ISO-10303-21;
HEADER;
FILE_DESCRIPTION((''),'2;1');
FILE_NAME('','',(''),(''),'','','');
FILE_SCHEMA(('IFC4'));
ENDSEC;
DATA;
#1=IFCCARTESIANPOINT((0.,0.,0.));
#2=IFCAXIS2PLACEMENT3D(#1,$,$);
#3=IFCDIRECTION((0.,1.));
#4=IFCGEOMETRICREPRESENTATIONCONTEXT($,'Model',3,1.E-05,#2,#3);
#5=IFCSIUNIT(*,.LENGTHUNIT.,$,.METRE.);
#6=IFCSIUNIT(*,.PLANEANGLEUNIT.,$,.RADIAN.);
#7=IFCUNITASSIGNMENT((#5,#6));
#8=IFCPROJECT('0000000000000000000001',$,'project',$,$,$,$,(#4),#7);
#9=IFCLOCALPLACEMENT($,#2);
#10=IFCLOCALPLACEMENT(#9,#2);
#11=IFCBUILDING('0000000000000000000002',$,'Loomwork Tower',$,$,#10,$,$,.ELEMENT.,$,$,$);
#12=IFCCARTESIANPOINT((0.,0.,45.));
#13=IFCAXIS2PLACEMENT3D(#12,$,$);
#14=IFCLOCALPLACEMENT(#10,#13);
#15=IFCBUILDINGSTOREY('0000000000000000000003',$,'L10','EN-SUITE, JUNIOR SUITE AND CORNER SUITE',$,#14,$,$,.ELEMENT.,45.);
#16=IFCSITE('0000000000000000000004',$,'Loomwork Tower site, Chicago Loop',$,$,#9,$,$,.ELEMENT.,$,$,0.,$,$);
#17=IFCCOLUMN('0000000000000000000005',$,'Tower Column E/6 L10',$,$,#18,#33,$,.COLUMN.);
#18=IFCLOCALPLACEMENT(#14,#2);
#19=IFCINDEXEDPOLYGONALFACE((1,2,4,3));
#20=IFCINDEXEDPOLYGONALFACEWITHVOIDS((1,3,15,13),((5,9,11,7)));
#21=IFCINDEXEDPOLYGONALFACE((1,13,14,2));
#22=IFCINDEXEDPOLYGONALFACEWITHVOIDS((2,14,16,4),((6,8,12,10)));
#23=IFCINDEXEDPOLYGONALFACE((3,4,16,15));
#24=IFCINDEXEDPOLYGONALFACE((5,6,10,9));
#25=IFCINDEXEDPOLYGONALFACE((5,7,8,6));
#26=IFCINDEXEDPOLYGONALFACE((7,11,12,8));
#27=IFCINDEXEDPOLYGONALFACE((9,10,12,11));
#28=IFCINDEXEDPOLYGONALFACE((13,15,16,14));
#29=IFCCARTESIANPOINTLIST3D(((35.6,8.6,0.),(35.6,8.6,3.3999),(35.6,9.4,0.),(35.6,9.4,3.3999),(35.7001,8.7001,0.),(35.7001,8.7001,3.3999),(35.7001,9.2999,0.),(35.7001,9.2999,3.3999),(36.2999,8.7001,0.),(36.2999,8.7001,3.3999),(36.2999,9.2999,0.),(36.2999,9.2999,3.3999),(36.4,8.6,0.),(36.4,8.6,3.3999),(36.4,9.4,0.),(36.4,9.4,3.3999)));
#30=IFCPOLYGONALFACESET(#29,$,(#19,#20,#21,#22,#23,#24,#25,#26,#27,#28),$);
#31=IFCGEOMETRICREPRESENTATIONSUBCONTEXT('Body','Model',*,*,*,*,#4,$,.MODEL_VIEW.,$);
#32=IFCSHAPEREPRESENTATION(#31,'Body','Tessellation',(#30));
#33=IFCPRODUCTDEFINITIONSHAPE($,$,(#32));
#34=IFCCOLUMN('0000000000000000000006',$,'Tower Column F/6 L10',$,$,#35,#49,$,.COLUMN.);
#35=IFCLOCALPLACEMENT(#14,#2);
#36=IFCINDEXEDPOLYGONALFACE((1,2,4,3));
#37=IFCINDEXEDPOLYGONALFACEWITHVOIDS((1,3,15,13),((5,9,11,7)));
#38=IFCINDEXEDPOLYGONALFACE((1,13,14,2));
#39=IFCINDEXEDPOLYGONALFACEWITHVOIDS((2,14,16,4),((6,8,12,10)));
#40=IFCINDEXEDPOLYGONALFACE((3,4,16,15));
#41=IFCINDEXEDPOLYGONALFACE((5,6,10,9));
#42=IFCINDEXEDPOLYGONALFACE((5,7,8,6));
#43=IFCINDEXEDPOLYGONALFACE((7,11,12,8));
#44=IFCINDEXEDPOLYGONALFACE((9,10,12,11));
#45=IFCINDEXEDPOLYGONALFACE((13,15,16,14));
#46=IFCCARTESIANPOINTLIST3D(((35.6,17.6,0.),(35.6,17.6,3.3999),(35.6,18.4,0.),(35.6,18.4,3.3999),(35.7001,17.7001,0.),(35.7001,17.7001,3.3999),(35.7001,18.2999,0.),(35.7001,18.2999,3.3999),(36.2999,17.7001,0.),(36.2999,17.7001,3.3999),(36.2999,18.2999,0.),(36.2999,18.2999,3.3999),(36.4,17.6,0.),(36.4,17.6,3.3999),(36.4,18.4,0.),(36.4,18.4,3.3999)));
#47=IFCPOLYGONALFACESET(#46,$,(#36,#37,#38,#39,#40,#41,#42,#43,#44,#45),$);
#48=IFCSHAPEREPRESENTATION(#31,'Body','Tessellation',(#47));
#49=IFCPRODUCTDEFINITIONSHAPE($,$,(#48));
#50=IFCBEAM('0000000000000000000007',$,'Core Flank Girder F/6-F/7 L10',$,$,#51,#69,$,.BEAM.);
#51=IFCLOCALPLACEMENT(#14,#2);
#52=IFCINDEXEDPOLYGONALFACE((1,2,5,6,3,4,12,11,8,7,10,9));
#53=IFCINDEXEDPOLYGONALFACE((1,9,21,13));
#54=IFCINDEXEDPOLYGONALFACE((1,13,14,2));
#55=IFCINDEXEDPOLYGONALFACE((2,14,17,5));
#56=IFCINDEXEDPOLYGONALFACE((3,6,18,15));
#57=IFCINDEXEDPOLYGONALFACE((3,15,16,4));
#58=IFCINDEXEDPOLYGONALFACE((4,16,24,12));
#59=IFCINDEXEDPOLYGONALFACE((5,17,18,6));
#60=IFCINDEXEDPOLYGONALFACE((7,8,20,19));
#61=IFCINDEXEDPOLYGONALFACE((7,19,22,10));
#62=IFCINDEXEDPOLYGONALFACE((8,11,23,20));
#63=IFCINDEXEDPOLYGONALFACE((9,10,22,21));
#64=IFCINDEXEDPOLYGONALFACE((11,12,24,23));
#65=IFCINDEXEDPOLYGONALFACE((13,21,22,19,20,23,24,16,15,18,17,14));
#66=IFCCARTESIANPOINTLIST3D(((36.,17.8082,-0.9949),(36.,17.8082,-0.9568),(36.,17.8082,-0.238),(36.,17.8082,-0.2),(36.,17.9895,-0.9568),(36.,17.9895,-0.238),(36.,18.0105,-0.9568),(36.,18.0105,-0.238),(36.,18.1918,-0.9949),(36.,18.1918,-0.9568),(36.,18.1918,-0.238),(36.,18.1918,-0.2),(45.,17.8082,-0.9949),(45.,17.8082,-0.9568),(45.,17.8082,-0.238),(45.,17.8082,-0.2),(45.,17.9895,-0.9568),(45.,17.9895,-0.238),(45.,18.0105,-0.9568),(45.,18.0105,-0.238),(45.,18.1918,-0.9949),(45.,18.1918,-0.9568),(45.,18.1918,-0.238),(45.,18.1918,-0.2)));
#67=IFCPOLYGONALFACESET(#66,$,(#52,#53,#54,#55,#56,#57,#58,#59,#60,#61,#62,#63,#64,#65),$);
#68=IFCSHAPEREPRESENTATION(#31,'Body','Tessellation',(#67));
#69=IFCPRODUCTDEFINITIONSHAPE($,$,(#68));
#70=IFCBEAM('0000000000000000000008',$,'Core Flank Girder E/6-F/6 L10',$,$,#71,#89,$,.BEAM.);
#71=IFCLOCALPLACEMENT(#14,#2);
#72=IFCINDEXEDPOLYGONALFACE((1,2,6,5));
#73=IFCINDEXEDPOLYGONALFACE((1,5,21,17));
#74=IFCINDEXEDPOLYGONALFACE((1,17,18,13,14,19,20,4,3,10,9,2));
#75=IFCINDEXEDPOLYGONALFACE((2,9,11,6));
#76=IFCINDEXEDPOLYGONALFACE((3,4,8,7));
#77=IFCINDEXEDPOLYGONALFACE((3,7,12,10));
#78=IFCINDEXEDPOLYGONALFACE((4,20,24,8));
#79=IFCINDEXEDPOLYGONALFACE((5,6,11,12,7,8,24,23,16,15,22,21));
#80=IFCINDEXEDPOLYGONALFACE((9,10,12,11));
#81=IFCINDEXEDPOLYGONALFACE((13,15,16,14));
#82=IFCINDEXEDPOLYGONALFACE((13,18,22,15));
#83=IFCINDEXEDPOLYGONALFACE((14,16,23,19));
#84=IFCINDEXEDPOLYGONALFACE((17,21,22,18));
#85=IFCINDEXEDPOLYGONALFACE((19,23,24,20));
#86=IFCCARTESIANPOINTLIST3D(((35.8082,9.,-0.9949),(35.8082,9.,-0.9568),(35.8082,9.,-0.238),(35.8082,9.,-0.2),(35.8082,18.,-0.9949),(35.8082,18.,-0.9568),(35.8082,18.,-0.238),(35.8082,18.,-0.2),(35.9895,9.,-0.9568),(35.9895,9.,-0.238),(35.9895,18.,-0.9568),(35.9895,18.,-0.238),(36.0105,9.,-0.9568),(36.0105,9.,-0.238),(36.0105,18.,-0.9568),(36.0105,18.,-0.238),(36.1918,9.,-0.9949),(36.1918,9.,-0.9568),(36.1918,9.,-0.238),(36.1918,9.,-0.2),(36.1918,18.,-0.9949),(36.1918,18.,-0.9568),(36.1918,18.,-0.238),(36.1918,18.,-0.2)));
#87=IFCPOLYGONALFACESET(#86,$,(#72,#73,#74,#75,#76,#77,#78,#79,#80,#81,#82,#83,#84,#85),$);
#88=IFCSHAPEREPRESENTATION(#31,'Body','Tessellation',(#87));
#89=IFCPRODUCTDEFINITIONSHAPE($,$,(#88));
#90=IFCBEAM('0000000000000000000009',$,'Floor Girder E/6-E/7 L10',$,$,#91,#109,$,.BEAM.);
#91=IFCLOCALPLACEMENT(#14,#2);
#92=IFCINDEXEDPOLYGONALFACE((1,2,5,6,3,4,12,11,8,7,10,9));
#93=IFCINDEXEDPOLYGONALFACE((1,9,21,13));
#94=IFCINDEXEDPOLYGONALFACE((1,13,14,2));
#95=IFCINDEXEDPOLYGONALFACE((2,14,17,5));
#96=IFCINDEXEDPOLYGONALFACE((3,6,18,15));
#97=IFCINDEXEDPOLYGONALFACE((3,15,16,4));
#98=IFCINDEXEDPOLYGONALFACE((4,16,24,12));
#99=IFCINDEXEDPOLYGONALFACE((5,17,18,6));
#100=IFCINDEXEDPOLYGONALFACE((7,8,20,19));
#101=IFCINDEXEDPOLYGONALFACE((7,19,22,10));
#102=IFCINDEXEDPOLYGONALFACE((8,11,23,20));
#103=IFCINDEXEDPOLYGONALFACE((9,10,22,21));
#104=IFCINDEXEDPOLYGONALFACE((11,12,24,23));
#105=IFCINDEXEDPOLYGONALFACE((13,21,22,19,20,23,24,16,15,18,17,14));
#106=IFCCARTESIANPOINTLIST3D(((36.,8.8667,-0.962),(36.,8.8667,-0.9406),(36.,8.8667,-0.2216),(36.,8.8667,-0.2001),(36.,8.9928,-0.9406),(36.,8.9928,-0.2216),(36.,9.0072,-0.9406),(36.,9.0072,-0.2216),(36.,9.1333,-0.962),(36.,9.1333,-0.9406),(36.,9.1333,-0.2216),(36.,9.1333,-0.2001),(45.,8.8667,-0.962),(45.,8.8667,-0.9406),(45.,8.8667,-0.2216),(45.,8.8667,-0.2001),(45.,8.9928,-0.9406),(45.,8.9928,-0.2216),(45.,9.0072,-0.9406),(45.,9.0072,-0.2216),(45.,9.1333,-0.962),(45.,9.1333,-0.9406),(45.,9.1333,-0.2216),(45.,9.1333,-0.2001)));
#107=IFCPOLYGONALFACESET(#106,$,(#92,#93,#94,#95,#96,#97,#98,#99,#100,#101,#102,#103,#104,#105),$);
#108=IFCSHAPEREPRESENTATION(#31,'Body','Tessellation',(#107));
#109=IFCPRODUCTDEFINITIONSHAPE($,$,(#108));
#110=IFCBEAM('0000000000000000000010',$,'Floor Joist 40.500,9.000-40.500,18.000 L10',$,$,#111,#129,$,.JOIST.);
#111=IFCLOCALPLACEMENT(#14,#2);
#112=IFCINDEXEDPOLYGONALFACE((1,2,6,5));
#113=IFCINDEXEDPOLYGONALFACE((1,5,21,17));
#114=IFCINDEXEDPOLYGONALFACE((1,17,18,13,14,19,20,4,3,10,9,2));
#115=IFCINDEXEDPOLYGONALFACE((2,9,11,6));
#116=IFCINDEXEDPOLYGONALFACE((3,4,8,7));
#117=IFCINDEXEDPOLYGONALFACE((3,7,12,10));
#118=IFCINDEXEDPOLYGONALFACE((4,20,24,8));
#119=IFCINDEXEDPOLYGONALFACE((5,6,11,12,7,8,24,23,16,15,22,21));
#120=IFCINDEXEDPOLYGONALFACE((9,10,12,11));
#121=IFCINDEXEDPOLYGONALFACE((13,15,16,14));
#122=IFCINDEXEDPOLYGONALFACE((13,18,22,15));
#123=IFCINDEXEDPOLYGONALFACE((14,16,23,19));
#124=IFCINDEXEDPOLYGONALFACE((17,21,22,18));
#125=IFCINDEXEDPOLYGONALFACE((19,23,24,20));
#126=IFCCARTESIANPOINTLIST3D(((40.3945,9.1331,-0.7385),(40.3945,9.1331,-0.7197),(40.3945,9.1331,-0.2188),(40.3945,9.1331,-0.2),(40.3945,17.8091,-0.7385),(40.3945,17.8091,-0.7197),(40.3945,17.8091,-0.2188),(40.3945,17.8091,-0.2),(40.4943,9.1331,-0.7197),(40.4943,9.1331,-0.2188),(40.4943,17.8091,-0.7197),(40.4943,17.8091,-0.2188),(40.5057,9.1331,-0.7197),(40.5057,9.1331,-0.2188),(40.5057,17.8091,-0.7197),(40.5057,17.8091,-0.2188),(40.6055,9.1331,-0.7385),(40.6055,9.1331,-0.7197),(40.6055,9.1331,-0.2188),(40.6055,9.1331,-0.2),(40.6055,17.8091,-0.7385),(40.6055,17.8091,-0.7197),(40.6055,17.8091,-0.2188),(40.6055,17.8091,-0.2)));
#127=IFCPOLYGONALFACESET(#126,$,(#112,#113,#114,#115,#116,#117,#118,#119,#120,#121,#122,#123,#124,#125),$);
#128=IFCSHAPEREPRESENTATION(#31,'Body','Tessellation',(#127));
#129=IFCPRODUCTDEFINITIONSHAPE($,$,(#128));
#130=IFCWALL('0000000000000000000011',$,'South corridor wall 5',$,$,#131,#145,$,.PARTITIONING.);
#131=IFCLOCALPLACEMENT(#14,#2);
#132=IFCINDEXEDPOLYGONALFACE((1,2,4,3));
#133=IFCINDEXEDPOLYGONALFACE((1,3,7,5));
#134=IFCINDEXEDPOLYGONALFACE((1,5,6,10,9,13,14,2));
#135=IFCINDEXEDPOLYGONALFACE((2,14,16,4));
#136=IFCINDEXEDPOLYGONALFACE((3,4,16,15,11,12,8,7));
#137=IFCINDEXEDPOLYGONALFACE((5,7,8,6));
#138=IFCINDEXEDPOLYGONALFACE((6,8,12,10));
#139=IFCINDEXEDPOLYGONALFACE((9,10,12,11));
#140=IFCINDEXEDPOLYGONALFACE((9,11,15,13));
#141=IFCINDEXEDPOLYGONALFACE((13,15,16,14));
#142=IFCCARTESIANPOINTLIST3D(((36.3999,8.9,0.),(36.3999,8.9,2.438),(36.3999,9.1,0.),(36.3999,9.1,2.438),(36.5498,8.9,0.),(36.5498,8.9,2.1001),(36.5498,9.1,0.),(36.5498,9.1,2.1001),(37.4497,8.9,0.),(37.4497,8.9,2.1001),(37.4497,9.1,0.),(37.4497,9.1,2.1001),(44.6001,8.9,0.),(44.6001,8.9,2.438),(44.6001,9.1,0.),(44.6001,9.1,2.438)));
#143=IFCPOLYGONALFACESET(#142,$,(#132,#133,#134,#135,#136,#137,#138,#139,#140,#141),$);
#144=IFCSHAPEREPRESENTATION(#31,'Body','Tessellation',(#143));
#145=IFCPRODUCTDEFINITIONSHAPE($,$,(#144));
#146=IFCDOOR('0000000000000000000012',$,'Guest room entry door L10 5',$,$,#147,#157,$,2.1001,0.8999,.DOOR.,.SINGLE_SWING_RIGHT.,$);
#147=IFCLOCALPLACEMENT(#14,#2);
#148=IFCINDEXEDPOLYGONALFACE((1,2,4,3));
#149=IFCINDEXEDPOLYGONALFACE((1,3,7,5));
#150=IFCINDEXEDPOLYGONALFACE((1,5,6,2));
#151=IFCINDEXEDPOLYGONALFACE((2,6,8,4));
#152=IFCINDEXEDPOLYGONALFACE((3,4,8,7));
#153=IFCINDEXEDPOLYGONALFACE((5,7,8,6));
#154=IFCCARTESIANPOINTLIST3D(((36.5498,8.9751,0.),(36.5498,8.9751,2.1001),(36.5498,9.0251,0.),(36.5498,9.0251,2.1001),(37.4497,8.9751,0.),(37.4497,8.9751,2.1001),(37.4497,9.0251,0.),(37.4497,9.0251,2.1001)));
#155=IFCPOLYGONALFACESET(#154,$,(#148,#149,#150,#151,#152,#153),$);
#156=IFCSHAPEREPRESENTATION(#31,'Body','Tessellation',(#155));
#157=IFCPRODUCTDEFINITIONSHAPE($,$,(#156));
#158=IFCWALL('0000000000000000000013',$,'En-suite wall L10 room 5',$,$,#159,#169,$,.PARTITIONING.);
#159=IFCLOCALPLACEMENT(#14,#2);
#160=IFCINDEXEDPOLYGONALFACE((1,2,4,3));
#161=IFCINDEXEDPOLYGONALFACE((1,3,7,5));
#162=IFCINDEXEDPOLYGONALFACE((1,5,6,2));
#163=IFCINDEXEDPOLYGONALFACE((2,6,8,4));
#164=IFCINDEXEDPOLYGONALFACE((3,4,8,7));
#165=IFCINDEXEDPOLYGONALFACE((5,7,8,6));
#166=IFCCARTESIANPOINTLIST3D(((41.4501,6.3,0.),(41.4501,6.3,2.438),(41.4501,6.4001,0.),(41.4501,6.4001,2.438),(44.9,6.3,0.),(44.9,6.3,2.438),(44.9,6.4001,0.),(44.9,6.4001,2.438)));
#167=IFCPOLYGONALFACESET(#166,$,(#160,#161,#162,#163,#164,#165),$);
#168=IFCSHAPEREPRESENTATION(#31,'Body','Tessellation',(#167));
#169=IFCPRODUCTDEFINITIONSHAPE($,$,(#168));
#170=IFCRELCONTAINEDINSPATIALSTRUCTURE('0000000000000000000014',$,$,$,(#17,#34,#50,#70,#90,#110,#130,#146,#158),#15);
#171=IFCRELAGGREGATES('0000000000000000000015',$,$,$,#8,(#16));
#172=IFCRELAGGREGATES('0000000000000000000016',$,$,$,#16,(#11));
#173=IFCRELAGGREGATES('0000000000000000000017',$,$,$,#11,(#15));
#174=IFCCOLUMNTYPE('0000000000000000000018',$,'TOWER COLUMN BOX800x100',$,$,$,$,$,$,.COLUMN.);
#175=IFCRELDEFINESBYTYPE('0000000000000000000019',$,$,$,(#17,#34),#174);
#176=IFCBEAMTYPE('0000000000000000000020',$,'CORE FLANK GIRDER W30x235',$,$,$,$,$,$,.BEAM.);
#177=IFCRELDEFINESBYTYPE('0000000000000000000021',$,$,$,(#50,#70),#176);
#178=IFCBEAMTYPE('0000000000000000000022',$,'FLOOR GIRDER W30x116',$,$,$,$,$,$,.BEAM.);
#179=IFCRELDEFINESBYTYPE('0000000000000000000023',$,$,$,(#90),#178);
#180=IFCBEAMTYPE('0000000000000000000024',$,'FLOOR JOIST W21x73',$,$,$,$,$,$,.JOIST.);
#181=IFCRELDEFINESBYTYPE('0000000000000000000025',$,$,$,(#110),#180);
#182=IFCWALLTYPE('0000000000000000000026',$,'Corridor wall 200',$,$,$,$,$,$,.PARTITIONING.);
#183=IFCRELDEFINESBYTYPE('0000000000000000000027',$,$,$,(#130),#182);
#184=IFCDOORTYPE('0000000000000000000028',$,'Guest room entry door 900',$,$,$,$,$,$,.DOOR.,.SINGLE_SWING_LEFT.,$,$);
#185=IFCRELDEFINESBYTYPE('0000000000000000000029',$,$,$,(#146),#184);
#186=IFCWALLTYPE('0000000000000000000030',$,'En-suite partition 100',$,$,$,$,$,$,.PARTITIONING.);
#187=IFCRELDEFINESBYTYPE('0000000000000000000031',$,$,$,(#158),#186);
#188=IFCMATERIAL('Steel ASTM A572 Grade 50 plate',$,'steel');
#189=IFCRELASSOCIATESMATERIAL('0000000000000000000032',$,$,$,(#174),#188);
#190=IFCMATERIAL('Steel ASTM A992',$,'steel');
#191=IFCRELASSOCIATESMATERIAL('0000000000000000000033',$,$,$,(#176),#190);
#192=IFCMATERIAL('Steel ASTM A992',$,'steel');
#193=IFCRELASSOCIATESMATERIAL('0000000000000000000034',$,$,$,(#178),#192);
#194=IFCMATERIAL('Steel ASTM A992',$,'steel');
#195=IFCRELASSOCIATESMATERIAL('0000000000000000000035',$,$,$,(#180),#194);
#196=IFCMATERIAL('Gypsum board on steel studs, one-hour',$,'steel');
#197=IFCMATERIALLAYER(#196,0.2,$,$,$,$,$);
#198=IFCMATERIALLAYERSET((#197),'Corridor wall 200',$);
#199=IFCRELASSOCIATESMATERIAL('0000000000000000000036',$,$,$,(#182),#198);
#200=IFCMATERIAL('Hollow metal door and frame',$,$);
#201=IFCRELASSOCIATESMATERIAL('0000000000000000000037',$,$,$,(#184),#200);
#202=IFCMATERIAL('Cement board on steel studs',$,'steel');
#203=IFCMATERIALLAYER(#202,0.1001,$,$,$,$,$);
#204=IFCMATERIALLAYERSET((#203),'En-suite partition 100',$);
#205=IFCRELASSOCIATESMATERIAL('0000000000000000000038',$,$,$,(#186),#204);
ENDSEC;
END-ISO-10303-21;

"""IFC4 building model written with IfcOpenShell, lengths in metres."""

from ifc_helpers import new_model, si_unit, direction, frame, frame_2d, origin, origin_2d, place, context, subcontext, project, spatial, rectangle, hollow_rectangle, i_section, extrude, material, layer, layer_set, material_profile, profile_set, type_object, element, fill, save


model = new_model("IFC4")

# Units and contexts
model_context = context("Model", 3, precision=1e-05, world=origin(), true_north=direction((0.0, 1.0)))
body_context = subcontext(model_context, "Body", "Model", "MODEL_VIEW")
ifc_project = project(units=[si_unit("LENGTHUNIT", "METRE"), si_unit("PLANEANGLEUNIT", "RADIAN")], contexts=[model_context])

# Site, building, storey
site_placement = place(None, origin())
site = spatial("IfcSite", under=ifc_project, at=site_placement, Name="Loomwork Tower site, Chicago Loop", CompositionType="ELEMENT", RefElevation=0.0)
building_placement = place(site_placement, origin())
building = spatial("IfcBuilding", under=site, at=building_placement, Name="Loomwork Tower", CompositionType="ELEMENT")
storey_placement = place(building_placement, frame((0.0, 0.0, 45.0)))
storey = spatial("IfcBuildingStorey", under=building, at=storey_placement, Name="L10", Description="EN-SUITE, JUNIOR SUITE AND CORNER SUITE", CompositionType="ELEMENT", Elevation=45.0)

# Columns
ifc_material_1 = material(Name="Steel ASTM A572 Grade 50 plate", Category="steel")
ifc_material_profile_1 = material_profile(ifc_material_1, hollow_rectangle(XDim=0.8, YDim=0.8, WallThickness=0.1001, at=origin_2d()), Name="BOX800x100")
ifc_profile_set_1 = profile_set([ifc_material_profile_1], Name="Steel ASTM A572 Grade 50 plate")
column_type = type_object("IfcColumnType", Name="TOWER COLUMN BOX800x100", PredefinedType="COLUMN", material=ifc_profile_set_1)
for number, where, z_axis, x_axis, name in (
    (1, (36.0, 9.0, 0.0), (0.0, 0.0, 1.0), (0.0, 1.0, 0.0), "Tower Column E/6 L10"),
    (2, (36.0, 18.0, 0.0), (0.0, 0.0, 1.0), (0.0, 1.0, 0.0), "Tower Column F/6 L10"),
):
    element("IfcColumn", number, at=place(storey_placement, frame(where, z_axis=z_axis, x_axis=x_axis)), inside=storey, type_object=column_type, Name=name, PredefinedType="COLUMN", context=body_context, shape_type="SweptSolid", body=[
        extrude(hollow_rectangle(XDim=0.8, YDim=0.8, WallThickness=0.1001, at=origin_2d()), origin(), (0.0, 0.0, 1.0), 3.3999),
    ])

# Beams
ifc_material_2 = material(Name="Steel ASTM A992", Category="steel")
ifc_material_profile_2 = material_profile(ifc_material_2, i_section(OverallWidth=0.3835, OverallDepth=0.7949, WebThickness=0.021, FlangeThickness=0.0381, at=origin_2d()), Name="W30x235")
ifc_profile_set_2 = profile_set([ifc_material_profile_2], Name="Steel ASTM A992")
beam_type_1 = type_object("IfcBeamType", Name="CORE FLANK GIRDER W30x235", PredefinedType="BEAM", material=ifc_profile_set_2)
for number, where, z_axis, x_axis, name in (
    (3, (36.0, 18.0, -0.5974), (1.0, 0.0, 0.0), (0.0, 1.0, 0.0), "Core Flank Girder F/6-F/7 L10"),
    (4, (36.0, 9.0, -0.5974), (0.0, 1.0, 0.0), (-1.0, 0.0, 0.0), "Core Flank Girder E/6-F/6 L10"),
):
    element("IfcBeam", number, at=place(storey_placement, frame(where, z_axis=z_axis, x_axis=x_axis)), inside=storey, type_object=beam_type_1, Name=name, PredefinedType="BEAM", context=body_context, shape_type="SweptSolid", body=[
        extrude(i_section(OverallWidth=0.3835, OverallDepth=0.7949, WebThickness=0.021, FlangeThickness=0.0381, at=origin_2d()), origin(), (0.0, 0.0, 1.0), 9.0),
    ])
ifc_material_3 = material(Name="Steel ASTM A992", Category="steel")
ifc_material_profile_3 = material_profile(ifc_material_3, i_section(OverallWidth=0.2666, OverallDepth=0.762, WebThickness=0.0144, FlangeThickness=0.0215, at=origin_2d()), Name="W30x116")
ifc_profile_set_3 = profile_set([ifc_material_profile_3], Name="Steel ASTM A992")
beam_type_2 = type_object("IfcBeamType", Name="FLOOR GIRDER W30x116", PredefinedType="BEAM", material=ifc_profile_set_3)
beam_1_placement = place(storey_placement, frame((36.0, 9.0, -0.5811), z_axis=(1.0, 0.0, 0.0), x_axis=(0.0, 1.0, 0.0)))
element("IfcBeam", 5, at=beam_1_placement, inside=storey, type_object=beam_type_2, Name="Floor Girder E/6-E/7 L10", PredefinedType="BEAM", context=body_context, shape_type="SweptSolid", body=[
    extrude(i_section(OverallWidth=0.2666, OverallDepth=0.762, WebThickness=0.0144, FlangeThickness=0.0215, at=origin_2d()), origin(), (0.0, 0.0, 1.0), 9.0),
])
ifc_material_4 = material(Name="Steel ASTM A992", Category="steel")
ifc_material_profile_4 = material_profile(ifc_material_4, i_section(OverallWidth=0.2109, OverallDepth=0.5386, WebThickness=0.0115, FlangeThickness=0.0188, at=origin_2d()), Name="W21x73")
ifc_profile_set_4 = profile_set([ifc_material_profile_4], Name="Steel ASTM A992")
beam_type_3 = type_object("IfcBeamType", Name="FLOOR JOIST W21x73", PredefinedType="JOIST", material=ifc_profile_set_4)
beam_2_placement = place(storey_placement, frame((40.5, 9.1331, -0.4692), z_axis=(0.0, 1.0, 0.0), x_axis=(-1.0, 0.0, 0.0)))
element("IfcBeam", 6, at=beam_2_placement, inside=storey, type_object=beam_type_3, Name="Floor Joist 40.500,9.000-40.500,18.000 L10", PredefinedType="JOIST", context=body_context, shape_type="SweptSolid", body=[
    extrude(i_section(OverallWidth=0.2109, OverallDepth=0.5386, WebThickness=0.0115, FlangeThickness=0.0188, at=origin_2d()), origin(), (0.0, 0.0, 1.0), 8.676),
])

# Wall, opening, door
ifc_material_5 = material(Name="Gypsum board on steel studs, one-hour", Category="steel")
ifc_layer_1 = layer(ifc_material_5, 0.2)
ifc_layer_set_1 = layer_set([ifc_layer_1], Name="Corridor wall 200")
wall_type_1 = type_object("IfcWallType", Name="Corridor wall 200", PredefinedType="PARTITIONING", material=ifc_layer_set_1)
wall_1_placement = place(storey_placement, frame((36.3999, 9.0, 0.0), z_axis=(0.0, 0.0, 1.0), x_axis=(1.0, 0.0, 0.0)))
wall_1 = element("IfcWall", 7, at=wall_1_placement, inside=storey, type_object=wall_type_1, Name="South corridor wall 5", PredefinedType="PARTITIONING", context=body_context, shape_type="SweptSolid", body=[
    extrude(rectangle(XDim=8.2002, YDim=0.2, at=frame_2d((4.1001, 0.0))), origin(), (0.0, 0.0, 1.0), 2.438),
])
opening_1_placement = place(wall_1_placement, frame((0.1499, 0.0, 0.0)))
opening_1 = element("IfcOpeningElement", 8, at=opening_1_placement, cuts=wall_1, PredefinedType="OPENING", context=body_context, shape_type="SweptSolid", body=[
    extrude(rectangle(XDim=0.8999, YDim=2.1001, at=frame_2d((0.45, 1.05))), frame((0.0, 0.1099, 0.0), z_axis=(0.0, -1.0, 0.0), x_axis=(1.0, 0.0, 0.0)), (0.0, 0.0, 1.0), 0.22),
])
ifc_material_6 = material(Name="Hollow metal door and frame")
door_type_1 = type_object("IfcDoorType", Name="Guest room entry door 900", OperationType="SINGLE_SWING_LEFT", PredefinedType="DOOR", material=ifc_material_6)
door_1_placement = place(opening_1_placement, frame((0.8999, 0.0, 0.0), z_axis=(0.0, 0.0, 1.0), x_axis=(-1.0, 0.0, 0.0)))
door_1 = element("IfcDoor", 9, at=door_1_placement, inside=storey, type_object=door_type_1, Name="Guest room entry door L10 5", OperationType="SINGLE_SWING_RIGHT", OverallHeight=2.1001, OverallWidth=0.8999, PredefinedType="DOOR", context=body_context, shape_type="SweptSolid", body=[
    extrude(rectangle(XDim=0.8999, YDim=2.1001, at=frame_2d((0.45, 1.05))), frame((0.0, 0.0249, 0.0), z_axis=(0.0, -1.0, 0.0), x_axis=(1.0, 0.0, 0.0)), (0.0, 0.0, 1.0), 0.05),
])
fill(opening_1, door_1)

# Wall
ifc_material_7 = material(Name="Cement board on steel studs", Category="steel")
ifc_layer_2 = layer(ifc_material_7, 0.1001)
ifc_layer_set_2 = layer_set([ifc_layer_2], Name="En-suite partition 100")
wall_type_2 = type_object("IfcWallType", Name="En-suite partition 100", PredefinedType="PARTITIONING", material=ifc_layer_set_2)
wall_2_placement = place(storey_placement, frame((41.45, 6.3501, 0.0), z_axis=(0.0, 0.0, 1.0), x_axis=(1.0, 0.0, 0.0)))
element("IfcWall", 10, at=wall_2_placement, inside=storey, type_object=wall_type_2, Name="En-suite wall L10 room 5", PredefinedType="PARTITIONING", context=body_context, shape_type="SweptSolid", body=[
    extrude(rectangle(XDim=3.45, YDim=0.1001, at=frame_2d((1.7251, 0.0))), origin(), (0.0, 0.0, 1.0), 2.438),
])

save(model, "model.ifc")
